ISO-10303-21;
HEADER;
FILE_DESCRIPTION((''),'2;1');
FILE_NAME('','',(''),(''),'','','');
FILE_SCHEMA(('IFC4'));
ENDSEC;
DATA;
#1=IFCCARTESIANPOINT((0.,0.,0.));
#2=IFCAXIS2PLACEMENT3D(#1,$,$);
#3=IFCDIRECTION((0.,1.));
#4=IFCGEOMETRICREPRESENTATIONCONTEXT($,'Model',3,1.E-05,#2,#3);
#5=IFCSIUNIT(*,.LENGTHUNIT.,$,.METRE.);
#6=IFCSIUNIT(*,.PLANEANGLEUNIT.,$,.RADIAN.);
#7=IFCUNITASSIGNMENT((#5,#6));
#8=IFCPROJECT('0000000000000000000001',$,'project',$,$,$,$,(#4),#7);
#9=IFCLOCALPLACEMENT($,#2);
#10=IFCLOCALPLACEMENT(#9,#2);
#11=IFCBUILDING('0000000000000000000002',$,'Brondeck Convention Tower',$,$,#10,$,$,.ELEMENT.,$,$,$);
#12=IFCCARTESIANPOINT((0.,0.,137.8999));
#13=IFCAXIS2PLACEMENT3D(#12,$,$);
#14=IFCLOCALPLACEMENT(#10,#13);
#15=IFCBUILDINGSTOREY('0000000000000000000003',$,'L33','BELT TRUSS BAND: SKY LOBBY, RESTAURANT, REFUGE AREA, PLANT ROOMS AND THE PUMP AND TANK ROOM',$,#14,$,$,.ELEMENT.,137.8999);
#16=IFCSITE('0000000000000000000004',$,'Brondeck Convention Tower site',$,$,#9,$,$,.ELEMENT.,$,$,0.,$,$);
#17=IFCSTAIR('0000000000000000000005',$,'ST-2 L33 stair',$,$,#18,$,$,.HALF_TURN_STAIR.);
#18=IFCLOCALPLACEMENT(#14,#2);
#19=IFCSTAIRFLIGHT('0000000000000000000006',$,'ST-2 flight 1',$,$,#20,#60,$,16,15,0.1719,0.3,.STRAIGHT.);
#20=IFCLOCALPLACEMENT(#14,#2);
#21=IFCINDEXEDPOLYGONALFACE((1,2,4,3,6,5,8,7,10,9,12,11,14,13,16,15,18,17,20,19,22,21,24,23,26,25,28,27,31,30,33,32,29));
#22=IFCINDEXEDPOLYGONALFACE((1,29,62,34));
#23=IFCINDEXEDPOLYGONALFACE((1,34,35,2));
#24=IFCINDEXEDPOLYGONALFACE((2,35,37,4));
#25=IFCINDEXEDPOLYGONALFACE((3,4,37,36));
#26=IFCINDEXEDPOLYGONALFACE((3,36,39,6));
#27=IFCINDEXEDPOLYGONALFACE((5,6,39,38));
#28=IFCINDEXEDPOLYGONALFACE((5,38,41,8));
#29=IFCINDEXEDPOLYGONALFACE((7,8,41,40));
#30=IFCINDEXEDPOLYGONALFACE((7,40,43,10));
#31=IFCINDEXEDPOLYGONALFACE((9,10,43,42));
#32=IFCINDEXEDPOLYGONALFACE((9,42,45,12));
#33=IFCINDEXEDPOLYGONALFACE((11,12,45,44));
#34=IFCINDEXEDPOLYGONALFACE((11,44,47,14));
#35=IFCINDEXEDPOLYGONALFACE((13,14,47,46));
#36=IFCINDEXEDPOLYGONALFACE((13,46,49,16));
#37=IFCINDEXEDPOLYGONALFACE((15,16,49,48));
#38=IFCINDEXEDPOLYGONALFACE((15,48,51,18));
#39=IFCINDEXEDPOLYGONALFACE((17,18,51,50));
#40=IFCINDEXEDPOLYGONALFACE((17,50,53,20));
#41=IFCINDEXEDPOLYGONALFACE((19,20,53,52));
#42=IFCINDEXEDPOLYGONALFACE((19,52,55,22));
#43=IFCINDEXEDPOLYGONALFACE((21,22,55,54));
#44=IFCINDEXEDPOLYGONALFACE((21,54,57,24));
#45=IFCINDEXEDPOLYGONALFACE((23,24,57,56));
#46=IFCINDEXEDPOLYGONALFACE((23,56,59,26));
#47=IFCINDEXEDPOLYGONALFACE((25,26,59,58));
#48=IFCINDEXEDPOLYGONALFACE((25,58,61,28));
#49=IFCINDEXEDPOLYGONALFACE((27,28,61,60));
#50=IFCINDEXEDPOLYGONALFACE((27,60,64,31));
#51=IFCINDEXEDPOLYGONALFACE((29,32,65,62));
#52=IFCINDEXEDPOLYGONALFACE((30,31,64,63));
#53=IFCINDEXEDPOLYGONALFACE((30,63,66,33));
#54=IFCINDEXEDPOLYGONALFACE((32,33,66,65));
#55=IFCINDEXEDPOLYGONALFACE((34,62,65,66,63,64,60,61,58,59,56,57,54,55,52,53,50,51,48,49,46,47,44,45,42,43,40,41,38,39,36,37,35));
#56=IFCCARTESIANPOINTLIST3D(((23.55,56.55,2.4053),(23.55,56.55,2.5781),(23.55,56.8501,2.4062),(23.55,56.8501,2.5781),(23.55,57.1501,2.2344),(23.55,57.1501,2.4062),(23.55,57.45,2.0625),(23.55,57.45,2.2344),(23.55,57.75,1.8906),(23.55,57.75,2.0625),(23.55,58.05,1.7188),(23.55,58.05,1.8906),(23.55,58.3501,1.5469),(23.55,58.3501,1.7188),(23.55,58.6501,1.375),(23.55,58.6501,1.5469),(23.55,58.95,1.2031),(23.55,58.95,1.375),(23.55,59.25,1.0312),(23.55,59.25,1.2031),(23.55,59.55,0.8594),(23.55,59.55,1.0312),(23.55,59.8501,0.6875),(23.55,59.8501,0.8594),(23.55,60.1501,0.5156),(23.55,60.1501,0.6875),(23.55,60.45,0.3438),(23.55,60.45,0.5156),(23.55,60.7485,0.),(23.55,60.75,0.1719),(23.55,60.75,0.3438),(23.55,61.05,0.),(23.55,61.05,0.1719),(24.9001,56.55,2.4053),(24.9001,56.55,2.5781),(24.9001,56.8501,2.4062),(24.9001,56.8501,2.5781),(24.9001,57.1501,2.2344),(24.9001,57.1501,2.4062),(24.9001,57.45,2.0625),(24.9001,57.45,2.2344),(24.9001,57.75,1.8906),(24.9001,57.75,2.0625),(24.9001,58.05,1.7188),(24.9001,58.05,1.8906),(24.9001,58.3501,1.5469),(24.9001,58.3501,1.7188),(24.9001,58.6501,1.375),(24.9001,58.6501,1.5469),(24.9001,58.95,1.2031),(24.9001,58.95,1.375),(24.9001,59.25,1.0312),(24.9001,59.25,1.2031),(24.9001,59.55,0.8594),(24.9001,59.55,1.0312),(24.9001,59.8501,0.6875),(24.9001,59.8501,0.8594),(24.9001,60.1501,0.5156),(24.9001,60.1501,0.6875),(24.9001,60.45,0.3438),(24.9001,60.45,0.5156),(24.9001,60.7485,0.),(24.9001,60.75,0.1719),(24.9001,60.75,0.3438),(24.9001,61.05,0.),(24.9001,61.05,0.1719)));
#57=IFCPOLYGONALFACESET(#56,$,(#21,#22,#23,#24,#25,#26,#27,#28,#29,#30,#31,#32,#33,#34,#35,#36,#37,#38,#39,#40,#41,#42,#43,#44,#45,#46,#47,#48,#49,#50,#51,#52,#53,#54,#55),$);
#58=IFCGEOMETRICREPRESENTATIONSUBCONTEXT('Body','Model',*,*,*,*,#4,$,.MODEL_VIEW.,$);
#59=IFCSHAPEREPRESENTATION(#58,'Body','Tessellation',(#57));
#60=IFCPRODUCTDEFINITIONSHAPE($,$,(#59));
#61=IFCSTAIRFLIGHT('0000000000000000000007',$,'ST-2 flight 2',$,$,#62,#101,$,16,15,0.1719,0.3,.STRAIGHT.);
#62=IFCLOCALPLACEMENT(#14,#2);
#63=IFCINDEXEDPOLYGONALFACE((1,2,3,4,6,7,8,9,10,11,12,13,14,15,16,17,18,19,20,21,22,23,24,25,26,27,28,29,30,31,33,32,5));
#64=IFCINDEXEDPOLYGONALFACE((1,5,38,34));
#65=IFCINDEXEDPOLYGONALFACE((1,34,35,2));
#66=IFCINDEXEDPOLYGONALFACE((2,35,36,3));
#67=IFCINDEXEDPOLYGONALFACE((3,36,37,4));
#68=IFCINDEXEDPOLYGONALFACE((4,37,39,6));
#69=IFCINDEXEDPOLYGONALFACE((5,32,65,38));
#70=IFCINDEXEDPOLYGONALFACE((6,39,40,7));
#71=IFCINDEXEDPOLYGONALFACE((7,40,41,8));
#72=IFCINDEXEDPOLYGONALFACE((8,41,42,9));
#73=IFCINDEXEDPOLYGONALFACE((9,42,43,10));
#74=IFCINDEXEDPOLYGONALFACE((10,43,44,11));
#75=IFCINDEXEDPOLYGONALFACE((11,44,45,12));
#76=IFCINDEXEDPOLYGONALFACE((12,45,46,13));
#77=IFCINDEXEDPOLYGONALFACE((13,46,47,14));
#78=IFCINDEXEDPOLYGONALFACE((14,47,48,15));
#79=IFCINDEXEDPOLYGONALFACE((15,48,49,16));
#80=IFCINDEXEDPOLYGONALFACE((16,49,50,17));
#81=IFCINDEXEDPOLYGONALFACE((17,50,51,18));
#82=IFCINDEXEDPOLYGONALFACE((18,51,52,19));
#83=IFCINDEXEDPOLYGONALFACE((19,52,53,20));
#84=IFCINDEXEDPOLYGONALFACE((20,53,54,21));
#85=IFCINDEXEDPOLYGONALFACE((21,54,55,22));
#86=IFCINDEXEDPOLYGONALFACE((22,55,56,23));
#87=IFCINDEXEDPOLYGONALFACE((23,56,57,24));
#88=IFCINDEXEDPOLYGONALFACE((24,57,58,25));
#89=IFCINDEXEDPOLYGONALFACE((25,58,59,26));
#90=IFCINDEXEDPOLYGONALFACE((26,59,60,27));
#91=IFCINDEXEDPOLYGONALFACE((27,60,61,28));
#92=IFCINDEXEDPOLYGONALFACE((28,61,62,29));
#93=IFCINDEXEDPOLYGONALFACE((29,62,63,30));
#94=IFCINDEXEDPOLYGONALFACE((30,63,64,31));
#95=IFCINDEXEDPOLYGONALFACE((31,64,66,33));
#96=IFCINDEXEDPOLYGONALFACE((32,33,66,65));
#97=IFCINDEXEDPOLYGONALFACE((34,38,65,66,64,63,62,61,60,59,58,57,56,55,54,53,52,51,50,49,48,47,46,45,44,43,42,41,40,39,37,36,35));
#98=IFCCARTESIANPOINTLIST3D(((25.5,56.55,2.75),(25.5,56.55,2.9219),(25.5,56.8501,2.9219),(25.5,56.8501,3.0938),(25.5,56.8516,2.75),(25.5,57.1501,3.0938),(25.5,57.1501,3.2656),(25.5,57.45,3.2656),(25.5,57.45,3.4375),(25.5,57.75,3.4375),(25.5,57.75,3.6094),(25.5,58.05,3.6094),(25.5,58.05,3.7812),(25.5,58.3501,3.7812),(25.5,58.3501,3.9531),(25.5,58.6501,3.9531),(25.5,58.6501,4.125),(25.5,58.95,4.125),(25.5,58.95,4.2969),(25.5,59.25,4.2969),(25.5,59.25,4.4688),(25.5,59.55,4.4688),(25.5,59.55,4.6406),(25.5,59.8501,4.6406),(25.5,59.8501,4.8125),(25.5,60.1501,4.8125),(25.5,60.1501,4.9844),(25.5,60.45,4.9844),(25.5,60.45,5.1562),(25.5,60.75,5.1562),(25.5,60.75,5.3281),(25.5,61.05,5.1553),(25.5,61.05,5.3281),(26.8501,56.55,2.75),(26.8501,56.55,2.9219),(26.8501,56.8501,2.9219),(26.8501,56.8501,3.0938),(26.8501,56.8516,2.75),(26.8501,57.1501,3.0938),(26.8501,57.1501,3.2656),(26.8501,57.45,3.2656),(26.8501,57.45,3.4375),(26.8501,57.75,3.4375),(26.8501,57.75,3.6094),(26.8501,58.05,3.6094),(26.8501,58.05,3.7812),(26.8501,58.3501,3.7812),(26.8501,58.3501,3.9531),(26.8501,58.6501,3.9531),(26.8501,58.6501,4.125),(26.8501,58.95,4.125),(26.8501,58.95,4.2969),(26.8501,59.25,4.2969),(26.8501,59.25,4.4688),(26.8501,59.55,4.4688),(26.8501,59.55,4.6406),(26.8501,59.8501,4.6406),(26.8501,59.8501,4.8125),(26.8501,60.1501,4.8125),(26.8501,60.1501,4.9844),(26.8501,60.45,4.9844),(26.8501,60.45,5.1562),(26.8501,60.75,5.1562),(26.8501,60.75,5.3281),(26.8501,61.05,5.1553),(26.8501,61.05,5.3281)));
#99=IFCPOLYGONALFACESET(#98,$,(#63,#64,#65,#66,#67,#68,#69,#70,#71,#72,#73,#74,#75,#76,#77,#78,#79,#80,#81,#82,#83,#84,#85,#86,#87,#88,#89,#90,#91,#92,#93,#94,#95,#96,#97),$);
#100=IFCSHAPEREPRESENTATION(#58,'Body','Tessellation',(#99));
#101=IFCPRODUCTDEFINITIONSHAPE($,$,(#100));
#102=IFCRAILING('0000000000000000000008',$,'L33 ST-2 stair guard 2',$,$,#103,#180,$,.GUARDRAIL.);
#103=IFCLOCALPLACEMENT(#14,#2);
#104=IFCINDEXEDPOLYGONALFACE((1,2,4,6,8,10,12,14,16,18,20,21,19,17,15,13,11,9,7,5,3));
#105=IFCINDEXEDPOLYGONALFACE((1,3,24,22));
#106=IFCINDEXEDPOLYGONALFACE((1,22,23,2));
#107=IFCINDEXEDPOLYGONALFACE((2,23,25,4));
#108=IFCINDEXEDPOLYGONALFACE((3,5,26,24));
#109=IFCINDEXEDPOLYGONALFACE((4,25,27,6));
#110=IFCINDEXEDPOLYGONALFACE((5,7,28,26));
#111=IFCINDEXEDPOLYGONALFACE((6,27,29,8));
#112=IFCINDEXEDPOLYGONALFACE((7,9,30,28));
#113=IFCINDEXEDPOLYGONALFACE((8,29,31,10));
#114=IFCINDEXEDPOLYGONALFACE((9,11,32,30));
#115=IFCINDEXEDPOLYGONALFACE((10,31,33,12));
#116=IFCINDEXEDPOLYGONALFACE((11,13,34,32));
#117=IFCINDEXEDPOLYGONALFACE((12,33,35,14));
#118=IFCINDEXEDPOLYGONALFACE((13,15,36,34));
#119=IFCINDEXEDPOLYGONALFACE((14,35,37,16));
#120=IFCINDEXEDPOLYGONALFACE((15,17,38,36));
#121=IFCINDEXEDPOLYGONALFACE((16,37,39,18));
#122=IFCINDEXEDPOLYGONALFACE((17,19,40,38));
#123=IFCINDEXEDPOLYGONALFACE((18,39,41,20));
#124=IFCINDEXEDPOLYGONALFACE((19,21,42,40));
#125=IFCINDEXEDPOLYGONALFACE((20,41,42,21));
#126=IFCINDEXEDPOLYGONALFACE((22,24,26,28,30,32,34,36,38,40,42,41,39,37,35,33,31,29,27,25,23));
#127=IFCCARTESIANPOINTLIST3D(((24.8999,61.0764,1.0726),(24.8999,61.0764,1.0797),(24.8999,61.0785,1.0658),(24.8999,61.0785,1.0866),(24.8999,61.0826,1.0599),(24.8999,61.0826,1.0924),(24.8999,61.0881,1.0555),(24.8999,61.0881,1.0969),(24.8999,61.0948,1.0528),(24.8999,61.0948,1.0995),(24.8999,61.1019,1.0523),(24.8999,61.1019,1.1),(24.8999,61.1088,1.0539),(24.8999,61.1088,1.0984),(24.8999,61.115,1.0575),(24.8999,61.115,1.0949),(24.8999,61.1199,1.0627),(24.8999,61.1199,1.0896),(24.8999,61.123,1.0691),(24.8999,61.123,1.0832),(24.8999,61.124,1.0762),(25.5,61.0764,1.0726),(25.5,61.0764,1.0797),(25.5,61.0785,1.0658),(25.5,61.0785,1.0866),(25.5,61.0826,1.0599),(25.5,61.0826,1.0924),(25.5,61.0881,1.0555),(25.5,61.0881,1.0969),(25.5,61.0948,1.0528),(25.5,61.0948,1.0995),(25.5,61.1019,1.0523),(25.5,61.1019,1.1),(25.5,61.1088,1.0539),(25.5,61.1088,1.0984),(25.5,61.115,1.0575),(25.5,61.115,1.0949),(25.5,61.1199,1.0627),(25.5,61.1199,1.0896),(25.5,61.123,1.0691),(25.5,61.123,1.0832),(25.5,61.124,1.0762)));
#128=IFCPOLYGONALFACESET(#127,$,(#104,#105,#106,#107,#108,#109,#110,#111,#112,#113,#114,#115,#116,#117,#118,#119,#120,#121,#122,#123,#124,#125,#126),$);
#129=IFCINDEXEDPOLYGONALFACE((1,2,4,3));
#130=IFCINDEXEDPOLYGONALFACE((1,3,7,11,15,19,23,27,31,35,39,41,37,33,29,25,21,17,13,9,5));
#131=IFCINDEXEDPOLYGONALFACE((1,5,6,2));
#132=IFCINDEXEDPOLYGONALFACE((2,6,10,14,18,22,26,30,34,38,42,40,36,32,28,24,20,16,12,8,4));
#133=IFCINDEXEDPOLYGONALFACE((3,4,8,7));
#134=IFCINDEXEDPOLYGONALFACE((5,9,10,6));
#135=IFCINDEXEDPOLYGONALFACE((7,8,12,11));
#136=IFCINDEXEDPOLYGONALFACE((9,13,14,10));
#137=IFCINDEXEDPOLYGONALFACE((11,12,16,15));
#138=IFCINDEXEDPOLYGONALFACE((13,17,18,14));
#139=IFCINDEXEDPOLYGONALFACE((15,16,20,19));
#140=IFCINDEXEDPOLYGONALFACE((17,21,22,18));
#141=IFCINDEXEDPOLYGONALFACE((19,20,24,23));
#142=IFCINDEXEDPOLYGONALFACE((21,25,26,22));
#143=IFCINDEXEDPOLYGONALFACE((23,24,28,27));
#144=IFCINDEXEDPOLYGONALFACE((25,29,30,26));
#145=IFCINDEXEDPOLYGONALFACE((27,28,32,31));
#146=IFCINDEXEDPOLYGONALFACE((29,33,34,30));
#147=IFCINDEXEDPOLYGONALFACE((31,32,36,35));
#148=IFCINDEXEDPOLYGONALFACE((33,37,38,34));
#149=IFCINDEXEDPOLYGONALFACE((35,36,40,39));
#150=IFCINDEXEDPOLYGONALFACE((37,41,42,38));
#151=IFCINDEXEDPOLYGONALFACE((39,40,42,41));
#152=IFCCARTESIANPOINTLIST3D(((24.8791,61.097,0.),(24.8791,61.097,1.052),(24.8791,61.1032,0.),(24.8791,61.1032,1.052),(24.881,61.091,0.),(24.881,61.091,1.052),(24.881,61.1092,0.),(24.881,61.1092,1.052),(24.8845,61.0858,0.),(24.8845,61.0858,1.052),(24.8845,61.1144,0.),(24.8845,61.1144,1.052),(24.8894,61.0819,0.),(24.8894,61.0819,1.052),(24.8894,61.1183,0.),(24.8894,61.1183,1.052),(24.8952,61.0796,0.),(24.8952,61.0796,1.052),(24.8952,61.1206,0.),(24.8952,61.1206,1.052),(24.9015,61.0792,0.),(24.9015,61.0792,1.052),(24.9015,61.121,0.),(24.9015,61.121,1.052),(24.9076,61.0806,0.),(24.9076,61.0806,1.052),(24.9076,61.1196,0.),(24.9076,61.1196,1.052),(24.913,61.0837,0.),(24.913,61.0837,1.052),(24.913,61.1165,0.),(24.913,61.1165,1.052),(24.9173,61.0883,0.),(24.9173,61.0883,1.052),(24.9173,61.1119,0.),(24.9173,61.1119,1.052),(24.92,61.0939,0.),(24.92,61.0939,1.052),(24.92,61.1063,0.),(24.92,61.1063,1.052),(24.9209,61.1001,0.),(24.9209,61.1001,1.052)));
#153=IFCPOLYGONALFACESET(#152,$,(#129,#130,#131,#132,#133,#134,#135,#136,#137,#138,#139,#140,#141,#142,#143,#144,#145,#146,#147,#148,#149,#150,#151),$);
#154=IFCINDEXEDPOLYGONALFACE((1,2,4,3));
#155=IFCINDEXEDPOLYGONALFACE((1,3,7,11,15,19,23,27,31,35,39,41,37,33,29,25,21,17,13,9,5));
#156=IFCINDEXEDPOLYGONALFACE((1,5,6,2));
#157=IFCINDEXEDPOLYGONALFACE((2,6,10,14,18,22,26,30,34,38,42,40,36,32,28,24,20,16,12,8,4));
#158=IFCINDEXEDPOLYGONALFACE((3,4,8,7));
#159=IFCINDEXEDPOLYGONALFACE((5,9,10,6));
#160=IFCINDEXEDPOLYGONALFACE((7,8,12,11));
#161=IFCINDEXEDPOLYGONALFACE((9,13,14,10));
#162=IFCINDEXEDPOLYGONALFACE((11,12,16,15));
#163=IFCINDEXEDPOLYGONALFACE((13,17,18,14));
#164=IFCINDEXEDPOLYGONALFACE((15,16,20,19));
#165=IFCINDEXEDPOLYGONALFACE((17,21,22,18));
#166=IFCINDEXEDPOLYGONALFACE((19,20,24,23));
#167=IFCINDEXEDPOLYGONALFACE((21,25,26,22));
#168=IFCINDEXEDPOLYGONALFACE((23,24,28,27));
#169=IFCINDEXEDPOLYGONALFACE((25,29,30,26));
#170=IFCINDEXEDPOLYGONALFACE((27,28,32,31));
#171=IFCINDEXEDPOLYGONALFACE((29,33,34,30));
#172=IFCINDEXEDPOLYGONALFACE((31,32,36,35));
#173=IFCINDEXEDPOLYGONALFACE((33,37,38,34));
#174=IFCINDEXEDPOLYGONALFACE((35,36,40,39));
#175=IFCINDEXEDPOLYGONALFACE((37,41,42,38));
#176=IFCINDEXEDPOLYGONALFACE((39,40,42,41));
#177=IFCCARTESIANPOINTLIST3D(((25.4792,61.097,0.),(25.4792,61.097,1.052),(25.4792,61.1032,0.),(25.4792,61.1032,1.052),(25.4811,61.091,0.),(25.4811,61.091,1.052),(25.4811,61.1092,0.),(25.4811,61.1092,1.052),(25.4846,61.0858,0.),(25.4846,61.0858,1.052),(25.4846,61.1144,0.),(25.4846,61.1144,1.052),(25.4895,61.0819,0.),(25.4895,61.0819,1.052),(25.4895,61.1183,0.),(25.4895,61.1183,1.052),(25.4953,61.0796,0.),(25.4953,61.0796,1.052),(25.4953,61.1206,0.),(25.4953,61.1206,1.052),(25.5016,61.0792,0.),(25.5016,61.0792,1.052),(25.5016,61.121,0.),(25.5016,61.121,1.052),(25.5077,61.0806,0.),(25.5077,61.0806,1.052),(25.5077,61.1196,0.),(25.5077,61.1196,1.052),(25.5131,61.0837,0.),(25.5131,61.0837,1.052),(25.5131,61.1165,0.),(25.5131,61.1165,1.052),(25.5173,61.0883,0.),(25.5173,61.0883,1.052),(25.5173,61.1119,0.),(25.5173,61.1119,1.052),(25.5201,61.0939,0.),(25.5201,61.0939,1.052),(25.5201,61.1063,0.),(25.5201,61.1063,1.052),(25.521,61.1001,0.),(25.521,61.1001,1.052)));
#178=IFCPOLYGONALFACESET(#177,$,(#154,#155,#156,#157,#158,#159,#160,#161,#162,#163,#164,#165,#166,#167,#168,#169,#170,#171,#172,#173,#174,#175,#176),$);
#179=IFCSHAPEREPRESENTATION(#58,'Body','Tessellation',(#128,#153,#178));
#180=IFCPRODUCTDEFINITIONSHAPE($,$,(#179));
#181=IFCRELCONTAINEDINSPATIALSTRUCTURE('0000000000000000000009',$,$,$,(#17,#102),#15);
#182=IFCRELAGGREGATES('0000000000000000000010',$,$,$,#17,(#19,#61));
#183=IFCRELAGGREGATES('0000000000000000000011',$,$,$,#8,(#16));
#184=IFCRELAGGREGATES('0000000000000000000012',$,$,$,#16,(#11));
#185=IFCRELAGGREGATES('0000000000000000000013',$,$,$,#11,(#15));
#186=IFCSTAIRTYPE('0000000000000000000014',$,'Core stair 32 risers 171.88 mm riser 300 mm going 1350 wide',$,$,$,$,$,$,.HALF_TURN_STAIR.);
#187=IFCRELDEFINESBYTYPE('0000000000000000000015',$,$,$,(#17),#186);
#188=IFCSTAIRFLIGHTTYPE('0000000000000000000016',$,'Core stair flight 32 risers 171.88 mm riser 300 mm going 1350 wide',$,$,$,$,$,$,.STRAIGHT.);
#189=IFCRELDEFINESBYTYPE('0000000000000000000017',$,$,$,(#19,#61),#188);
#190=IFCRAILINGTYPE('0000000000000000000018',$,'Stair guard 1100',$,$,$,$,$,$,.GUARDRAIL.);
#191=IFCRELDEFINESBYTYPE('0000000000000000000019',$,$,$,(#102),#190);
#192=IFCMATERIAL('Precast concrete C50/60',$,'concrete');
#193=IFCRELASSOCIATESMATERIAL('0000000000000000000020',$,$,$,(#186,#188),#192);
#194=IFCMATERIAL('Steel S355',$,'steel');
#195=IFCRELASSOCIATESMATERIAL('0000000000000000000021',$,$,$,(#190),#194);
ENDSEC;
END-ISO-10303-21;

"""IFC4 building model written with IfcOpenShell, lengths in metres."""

from ifc_helpers import new_model, si_unit, direction, frame, origin, origin_2d, place, context, subcontext, project, spatial, polyline, circle, outline, extrude, material, type_object, element, aggregate, save


model = new_model("IFC4")

# Units and contexts
model_context = context("Model", 3, precision=1e-05, world=origin(), true_north=direction((0.0, 1.0)))
body_context = subcontext(model_context, "Body", "Model", "MODEL_VIEW")
ifc_project = project(units=[si_unit("LENGTHUNIT", "METRE"), si_unit("PLANEANGLEUNIT", "RADIAN")], contexts=[model_context])

# Site, building, storey
site_placement = place(None, origin())
site = spatial("IfcSite", under=ifc_project, at=site_placement, Name="Brondeck Convention Tower site", CompositionType="ELEMENT", RefElevation=0.0)
building_placement = place(site_placement, origin())
building = spatial("IfcBuilding", under=site, at=building_placement, Name="Brondeck Convention Tower", CompositionType="ELEMENT")
storey_placement = place(building_placement, frame((0.0, 0.0, 137.8999)))
storey = spatial("IfcBuildingStorey", under=building, at=storey_placement, Name="L33", Description="BELT TRUSS BAND: SKY LOBBY, RESTAURANT, REFUGE AREA, PLANT ROOMS AND THE PUMP AND TANK ROOM", CompositionType="ELEMENT", Elevation=137.8999)

# Stair, stair flights
ifc_material_1 = material(Name="Precast concrete C50/60", Category="concrete")
stair_type = type_object("IfcStairType", Name="Core stair 32 risers 171.88 mm riser 300 mm going 1350 wide", PredefinedType="HALF_TURN_STAIR", material=ifc_material_1)
stair_placement = place(storey_placement, origin())
stair = element("IfcStair", 1, at=stair_placement, inside=storey, type_object=stair_type, Name="ST-2 L33 stair", PredefinedType="HALF_TURN_STAIR")
stair_flight_type = type_object("IfcStairFlightType", Name="Core stair flight 32 risers 171.88 mm riser 300 mm going 1350 wide", PredefinedType="STRAIGHT", material=ifc_material_1)
stair_flight_1_placement = place(storey_placement, frame((24.2251, 61.05, 0.0), z_axis=(0.0, 0.0, 1.0), x_axis=(0.0, -1.0, 0.0)))
stair_flight_1 = element("IfcStairFlight", 2, at=stair_flight_1_placement, type_object=stair_flight_type, Name="ST-2 flight 1", NumberOfRisers=16, NumberOfTreads=15, PredefinedType="STRAIGHT", RiserHeight=0.1719, TreadLength=0.3, context=body_context, shape_type="SweptSolid", body=[
    extrude(outline(polyline([(0.0, 0.0), (0.0, 0.1719), (0.3, 0.1719), (0.3, 0.3438), (0.6001, 0.3438), (0.6001, 0.5156), (0.8999, 0.5156), (0.8999, 0.6875), (1.2, 0.6875), (1.2, 0.8594), (1.5, 0.8594), (1.5, 1.0312), (1.8, 1.0312), (1.8, 1.2031), (2.1001, 1.2031), (2.1001, 1.375), (2.3999, 1.375), (2.3999, 1.5469), (2.7, 1.5469), (2.7, 1.7188), (3.0, 1.7188), (3.0, 1.8906), (3.3, 1.8906), (3.3, 2.0625), (3.6001, 2.0625), (3.6001, 2.2344), (3.8999, 2.2344), (3.8999, 2.4062), (4.2, 2.4062), (4.2, 2.5781), (4.5, 2.5781), (4.5, 2.75), (4.5, 2.4053), (0.3015, 0.0), (0.0, 0.0)])), frame((0.0, 0.675, 0.0), z_axis=(0.0, -1.0, 0.0), x_axis=(1.0, 0.0, 0.0)), (0.0, 0.0, 1.0), 1.3501),
])
stair_flight_2_placement = place(storey_placement, frame((26.175, 56.55, 2.75), z_axis=(0.0, 0.0, 1.0), x_axis=(0.0, 1.0, 0.0)))
stair_flight_2 = element("IfcStairFlight", 3, at=stair_flight_2_placement, type_object=stair_flight_type, Name="ST-2 flight 2", NumberOfRisers=16, NumberOfTreads=15, PredefinedType="STRAIGHT", RiserHeight=0.1719, TreadLength=0.3, context=body_context, shape_type="SweptSolid", body=[
    extrude(outline(polyline([(0.0, 0.0), (0.0, 0.1719), (0.3, 0.1719), (0.3, 0.3438), (0.6001, 0.3438), (0.6001, 0.5156), (0.8999, 0.5156), (0.8999, 0.6875), (1.2, 0.6875), (1.2, 0.8594), (1.5, 0.8594), (1.5, 1.0312), (1.8, 1.0312), (1.8, 1.2031), (2.1001, 1.2031), (2.1001, 1.375), (2.3999, 1.375), (2.3999, 1.5469), (2.7, 1.5469), (2.7, 1.7188), (3.0, 1.7188), (3.0, 1.8906), (3.3, 1.8906), (3.3, 2.0625), (3.6001, 2.0625), (3.6001, 2.2344), (3.8999, 2.2344), (3.8999, 2.4062), (4.2, 2.4062), (4.2, 2.5781), (4.5, 2.5781), (4.5, 2.75), (4.5, 2.4053), (0.3015, 0.0), (0.0, 0.0)])), frame((0.0, 0.675, 0.0), z_axis=(0.0, -1.0, 0.0), x_axis=(1.0, 0.0, 0.0)), (0.0, 0.0, 1.0), 1.3501),
])
aggregate(stair, [stair_flight_1, stair_flight_2])

# Railing
ifc_material_2 = material(Name="Steel S355", Category="steel")
railing_type_1 = type_object("IfcRailingType", Name="Stair guard 1100", PredefinedType="GUARDRAIL", material=ifc_material_2)
railing_1_placement = place(storey_placement, frame((24.8999, 61.1001, 0.0)))
element("IfcRailing", 4, at=railing_1_placement, inside=storey, type_object=railing_type_1, Name="L33 ST-2 stair guard 2", PredefinedType="GUARDRAIL", context=body_context, shape_type="SweptSolid", body=[
    extrude(circle(Radius=0.0239, at=origin_2d()), frame((0.0, 0.0, 1.0762), z_axis=(1.0, 0.0, 0.0), x_axis=(0.0, 1.0, 0.0)), (0.0, 0.0, 1.0), 0.6001),
    extrude(circle(Radius=0.021, at=origin_2d()), origin(), (0.0, 0.0, 1.0), 1.052),
    extrude(circle(Radius=0.021, at=origin_2d()), frame((0.6001, 0.0, 0.0)), (0.0, 0.0, 1.0), 1.052),
])

save(model, "model.ifc")
